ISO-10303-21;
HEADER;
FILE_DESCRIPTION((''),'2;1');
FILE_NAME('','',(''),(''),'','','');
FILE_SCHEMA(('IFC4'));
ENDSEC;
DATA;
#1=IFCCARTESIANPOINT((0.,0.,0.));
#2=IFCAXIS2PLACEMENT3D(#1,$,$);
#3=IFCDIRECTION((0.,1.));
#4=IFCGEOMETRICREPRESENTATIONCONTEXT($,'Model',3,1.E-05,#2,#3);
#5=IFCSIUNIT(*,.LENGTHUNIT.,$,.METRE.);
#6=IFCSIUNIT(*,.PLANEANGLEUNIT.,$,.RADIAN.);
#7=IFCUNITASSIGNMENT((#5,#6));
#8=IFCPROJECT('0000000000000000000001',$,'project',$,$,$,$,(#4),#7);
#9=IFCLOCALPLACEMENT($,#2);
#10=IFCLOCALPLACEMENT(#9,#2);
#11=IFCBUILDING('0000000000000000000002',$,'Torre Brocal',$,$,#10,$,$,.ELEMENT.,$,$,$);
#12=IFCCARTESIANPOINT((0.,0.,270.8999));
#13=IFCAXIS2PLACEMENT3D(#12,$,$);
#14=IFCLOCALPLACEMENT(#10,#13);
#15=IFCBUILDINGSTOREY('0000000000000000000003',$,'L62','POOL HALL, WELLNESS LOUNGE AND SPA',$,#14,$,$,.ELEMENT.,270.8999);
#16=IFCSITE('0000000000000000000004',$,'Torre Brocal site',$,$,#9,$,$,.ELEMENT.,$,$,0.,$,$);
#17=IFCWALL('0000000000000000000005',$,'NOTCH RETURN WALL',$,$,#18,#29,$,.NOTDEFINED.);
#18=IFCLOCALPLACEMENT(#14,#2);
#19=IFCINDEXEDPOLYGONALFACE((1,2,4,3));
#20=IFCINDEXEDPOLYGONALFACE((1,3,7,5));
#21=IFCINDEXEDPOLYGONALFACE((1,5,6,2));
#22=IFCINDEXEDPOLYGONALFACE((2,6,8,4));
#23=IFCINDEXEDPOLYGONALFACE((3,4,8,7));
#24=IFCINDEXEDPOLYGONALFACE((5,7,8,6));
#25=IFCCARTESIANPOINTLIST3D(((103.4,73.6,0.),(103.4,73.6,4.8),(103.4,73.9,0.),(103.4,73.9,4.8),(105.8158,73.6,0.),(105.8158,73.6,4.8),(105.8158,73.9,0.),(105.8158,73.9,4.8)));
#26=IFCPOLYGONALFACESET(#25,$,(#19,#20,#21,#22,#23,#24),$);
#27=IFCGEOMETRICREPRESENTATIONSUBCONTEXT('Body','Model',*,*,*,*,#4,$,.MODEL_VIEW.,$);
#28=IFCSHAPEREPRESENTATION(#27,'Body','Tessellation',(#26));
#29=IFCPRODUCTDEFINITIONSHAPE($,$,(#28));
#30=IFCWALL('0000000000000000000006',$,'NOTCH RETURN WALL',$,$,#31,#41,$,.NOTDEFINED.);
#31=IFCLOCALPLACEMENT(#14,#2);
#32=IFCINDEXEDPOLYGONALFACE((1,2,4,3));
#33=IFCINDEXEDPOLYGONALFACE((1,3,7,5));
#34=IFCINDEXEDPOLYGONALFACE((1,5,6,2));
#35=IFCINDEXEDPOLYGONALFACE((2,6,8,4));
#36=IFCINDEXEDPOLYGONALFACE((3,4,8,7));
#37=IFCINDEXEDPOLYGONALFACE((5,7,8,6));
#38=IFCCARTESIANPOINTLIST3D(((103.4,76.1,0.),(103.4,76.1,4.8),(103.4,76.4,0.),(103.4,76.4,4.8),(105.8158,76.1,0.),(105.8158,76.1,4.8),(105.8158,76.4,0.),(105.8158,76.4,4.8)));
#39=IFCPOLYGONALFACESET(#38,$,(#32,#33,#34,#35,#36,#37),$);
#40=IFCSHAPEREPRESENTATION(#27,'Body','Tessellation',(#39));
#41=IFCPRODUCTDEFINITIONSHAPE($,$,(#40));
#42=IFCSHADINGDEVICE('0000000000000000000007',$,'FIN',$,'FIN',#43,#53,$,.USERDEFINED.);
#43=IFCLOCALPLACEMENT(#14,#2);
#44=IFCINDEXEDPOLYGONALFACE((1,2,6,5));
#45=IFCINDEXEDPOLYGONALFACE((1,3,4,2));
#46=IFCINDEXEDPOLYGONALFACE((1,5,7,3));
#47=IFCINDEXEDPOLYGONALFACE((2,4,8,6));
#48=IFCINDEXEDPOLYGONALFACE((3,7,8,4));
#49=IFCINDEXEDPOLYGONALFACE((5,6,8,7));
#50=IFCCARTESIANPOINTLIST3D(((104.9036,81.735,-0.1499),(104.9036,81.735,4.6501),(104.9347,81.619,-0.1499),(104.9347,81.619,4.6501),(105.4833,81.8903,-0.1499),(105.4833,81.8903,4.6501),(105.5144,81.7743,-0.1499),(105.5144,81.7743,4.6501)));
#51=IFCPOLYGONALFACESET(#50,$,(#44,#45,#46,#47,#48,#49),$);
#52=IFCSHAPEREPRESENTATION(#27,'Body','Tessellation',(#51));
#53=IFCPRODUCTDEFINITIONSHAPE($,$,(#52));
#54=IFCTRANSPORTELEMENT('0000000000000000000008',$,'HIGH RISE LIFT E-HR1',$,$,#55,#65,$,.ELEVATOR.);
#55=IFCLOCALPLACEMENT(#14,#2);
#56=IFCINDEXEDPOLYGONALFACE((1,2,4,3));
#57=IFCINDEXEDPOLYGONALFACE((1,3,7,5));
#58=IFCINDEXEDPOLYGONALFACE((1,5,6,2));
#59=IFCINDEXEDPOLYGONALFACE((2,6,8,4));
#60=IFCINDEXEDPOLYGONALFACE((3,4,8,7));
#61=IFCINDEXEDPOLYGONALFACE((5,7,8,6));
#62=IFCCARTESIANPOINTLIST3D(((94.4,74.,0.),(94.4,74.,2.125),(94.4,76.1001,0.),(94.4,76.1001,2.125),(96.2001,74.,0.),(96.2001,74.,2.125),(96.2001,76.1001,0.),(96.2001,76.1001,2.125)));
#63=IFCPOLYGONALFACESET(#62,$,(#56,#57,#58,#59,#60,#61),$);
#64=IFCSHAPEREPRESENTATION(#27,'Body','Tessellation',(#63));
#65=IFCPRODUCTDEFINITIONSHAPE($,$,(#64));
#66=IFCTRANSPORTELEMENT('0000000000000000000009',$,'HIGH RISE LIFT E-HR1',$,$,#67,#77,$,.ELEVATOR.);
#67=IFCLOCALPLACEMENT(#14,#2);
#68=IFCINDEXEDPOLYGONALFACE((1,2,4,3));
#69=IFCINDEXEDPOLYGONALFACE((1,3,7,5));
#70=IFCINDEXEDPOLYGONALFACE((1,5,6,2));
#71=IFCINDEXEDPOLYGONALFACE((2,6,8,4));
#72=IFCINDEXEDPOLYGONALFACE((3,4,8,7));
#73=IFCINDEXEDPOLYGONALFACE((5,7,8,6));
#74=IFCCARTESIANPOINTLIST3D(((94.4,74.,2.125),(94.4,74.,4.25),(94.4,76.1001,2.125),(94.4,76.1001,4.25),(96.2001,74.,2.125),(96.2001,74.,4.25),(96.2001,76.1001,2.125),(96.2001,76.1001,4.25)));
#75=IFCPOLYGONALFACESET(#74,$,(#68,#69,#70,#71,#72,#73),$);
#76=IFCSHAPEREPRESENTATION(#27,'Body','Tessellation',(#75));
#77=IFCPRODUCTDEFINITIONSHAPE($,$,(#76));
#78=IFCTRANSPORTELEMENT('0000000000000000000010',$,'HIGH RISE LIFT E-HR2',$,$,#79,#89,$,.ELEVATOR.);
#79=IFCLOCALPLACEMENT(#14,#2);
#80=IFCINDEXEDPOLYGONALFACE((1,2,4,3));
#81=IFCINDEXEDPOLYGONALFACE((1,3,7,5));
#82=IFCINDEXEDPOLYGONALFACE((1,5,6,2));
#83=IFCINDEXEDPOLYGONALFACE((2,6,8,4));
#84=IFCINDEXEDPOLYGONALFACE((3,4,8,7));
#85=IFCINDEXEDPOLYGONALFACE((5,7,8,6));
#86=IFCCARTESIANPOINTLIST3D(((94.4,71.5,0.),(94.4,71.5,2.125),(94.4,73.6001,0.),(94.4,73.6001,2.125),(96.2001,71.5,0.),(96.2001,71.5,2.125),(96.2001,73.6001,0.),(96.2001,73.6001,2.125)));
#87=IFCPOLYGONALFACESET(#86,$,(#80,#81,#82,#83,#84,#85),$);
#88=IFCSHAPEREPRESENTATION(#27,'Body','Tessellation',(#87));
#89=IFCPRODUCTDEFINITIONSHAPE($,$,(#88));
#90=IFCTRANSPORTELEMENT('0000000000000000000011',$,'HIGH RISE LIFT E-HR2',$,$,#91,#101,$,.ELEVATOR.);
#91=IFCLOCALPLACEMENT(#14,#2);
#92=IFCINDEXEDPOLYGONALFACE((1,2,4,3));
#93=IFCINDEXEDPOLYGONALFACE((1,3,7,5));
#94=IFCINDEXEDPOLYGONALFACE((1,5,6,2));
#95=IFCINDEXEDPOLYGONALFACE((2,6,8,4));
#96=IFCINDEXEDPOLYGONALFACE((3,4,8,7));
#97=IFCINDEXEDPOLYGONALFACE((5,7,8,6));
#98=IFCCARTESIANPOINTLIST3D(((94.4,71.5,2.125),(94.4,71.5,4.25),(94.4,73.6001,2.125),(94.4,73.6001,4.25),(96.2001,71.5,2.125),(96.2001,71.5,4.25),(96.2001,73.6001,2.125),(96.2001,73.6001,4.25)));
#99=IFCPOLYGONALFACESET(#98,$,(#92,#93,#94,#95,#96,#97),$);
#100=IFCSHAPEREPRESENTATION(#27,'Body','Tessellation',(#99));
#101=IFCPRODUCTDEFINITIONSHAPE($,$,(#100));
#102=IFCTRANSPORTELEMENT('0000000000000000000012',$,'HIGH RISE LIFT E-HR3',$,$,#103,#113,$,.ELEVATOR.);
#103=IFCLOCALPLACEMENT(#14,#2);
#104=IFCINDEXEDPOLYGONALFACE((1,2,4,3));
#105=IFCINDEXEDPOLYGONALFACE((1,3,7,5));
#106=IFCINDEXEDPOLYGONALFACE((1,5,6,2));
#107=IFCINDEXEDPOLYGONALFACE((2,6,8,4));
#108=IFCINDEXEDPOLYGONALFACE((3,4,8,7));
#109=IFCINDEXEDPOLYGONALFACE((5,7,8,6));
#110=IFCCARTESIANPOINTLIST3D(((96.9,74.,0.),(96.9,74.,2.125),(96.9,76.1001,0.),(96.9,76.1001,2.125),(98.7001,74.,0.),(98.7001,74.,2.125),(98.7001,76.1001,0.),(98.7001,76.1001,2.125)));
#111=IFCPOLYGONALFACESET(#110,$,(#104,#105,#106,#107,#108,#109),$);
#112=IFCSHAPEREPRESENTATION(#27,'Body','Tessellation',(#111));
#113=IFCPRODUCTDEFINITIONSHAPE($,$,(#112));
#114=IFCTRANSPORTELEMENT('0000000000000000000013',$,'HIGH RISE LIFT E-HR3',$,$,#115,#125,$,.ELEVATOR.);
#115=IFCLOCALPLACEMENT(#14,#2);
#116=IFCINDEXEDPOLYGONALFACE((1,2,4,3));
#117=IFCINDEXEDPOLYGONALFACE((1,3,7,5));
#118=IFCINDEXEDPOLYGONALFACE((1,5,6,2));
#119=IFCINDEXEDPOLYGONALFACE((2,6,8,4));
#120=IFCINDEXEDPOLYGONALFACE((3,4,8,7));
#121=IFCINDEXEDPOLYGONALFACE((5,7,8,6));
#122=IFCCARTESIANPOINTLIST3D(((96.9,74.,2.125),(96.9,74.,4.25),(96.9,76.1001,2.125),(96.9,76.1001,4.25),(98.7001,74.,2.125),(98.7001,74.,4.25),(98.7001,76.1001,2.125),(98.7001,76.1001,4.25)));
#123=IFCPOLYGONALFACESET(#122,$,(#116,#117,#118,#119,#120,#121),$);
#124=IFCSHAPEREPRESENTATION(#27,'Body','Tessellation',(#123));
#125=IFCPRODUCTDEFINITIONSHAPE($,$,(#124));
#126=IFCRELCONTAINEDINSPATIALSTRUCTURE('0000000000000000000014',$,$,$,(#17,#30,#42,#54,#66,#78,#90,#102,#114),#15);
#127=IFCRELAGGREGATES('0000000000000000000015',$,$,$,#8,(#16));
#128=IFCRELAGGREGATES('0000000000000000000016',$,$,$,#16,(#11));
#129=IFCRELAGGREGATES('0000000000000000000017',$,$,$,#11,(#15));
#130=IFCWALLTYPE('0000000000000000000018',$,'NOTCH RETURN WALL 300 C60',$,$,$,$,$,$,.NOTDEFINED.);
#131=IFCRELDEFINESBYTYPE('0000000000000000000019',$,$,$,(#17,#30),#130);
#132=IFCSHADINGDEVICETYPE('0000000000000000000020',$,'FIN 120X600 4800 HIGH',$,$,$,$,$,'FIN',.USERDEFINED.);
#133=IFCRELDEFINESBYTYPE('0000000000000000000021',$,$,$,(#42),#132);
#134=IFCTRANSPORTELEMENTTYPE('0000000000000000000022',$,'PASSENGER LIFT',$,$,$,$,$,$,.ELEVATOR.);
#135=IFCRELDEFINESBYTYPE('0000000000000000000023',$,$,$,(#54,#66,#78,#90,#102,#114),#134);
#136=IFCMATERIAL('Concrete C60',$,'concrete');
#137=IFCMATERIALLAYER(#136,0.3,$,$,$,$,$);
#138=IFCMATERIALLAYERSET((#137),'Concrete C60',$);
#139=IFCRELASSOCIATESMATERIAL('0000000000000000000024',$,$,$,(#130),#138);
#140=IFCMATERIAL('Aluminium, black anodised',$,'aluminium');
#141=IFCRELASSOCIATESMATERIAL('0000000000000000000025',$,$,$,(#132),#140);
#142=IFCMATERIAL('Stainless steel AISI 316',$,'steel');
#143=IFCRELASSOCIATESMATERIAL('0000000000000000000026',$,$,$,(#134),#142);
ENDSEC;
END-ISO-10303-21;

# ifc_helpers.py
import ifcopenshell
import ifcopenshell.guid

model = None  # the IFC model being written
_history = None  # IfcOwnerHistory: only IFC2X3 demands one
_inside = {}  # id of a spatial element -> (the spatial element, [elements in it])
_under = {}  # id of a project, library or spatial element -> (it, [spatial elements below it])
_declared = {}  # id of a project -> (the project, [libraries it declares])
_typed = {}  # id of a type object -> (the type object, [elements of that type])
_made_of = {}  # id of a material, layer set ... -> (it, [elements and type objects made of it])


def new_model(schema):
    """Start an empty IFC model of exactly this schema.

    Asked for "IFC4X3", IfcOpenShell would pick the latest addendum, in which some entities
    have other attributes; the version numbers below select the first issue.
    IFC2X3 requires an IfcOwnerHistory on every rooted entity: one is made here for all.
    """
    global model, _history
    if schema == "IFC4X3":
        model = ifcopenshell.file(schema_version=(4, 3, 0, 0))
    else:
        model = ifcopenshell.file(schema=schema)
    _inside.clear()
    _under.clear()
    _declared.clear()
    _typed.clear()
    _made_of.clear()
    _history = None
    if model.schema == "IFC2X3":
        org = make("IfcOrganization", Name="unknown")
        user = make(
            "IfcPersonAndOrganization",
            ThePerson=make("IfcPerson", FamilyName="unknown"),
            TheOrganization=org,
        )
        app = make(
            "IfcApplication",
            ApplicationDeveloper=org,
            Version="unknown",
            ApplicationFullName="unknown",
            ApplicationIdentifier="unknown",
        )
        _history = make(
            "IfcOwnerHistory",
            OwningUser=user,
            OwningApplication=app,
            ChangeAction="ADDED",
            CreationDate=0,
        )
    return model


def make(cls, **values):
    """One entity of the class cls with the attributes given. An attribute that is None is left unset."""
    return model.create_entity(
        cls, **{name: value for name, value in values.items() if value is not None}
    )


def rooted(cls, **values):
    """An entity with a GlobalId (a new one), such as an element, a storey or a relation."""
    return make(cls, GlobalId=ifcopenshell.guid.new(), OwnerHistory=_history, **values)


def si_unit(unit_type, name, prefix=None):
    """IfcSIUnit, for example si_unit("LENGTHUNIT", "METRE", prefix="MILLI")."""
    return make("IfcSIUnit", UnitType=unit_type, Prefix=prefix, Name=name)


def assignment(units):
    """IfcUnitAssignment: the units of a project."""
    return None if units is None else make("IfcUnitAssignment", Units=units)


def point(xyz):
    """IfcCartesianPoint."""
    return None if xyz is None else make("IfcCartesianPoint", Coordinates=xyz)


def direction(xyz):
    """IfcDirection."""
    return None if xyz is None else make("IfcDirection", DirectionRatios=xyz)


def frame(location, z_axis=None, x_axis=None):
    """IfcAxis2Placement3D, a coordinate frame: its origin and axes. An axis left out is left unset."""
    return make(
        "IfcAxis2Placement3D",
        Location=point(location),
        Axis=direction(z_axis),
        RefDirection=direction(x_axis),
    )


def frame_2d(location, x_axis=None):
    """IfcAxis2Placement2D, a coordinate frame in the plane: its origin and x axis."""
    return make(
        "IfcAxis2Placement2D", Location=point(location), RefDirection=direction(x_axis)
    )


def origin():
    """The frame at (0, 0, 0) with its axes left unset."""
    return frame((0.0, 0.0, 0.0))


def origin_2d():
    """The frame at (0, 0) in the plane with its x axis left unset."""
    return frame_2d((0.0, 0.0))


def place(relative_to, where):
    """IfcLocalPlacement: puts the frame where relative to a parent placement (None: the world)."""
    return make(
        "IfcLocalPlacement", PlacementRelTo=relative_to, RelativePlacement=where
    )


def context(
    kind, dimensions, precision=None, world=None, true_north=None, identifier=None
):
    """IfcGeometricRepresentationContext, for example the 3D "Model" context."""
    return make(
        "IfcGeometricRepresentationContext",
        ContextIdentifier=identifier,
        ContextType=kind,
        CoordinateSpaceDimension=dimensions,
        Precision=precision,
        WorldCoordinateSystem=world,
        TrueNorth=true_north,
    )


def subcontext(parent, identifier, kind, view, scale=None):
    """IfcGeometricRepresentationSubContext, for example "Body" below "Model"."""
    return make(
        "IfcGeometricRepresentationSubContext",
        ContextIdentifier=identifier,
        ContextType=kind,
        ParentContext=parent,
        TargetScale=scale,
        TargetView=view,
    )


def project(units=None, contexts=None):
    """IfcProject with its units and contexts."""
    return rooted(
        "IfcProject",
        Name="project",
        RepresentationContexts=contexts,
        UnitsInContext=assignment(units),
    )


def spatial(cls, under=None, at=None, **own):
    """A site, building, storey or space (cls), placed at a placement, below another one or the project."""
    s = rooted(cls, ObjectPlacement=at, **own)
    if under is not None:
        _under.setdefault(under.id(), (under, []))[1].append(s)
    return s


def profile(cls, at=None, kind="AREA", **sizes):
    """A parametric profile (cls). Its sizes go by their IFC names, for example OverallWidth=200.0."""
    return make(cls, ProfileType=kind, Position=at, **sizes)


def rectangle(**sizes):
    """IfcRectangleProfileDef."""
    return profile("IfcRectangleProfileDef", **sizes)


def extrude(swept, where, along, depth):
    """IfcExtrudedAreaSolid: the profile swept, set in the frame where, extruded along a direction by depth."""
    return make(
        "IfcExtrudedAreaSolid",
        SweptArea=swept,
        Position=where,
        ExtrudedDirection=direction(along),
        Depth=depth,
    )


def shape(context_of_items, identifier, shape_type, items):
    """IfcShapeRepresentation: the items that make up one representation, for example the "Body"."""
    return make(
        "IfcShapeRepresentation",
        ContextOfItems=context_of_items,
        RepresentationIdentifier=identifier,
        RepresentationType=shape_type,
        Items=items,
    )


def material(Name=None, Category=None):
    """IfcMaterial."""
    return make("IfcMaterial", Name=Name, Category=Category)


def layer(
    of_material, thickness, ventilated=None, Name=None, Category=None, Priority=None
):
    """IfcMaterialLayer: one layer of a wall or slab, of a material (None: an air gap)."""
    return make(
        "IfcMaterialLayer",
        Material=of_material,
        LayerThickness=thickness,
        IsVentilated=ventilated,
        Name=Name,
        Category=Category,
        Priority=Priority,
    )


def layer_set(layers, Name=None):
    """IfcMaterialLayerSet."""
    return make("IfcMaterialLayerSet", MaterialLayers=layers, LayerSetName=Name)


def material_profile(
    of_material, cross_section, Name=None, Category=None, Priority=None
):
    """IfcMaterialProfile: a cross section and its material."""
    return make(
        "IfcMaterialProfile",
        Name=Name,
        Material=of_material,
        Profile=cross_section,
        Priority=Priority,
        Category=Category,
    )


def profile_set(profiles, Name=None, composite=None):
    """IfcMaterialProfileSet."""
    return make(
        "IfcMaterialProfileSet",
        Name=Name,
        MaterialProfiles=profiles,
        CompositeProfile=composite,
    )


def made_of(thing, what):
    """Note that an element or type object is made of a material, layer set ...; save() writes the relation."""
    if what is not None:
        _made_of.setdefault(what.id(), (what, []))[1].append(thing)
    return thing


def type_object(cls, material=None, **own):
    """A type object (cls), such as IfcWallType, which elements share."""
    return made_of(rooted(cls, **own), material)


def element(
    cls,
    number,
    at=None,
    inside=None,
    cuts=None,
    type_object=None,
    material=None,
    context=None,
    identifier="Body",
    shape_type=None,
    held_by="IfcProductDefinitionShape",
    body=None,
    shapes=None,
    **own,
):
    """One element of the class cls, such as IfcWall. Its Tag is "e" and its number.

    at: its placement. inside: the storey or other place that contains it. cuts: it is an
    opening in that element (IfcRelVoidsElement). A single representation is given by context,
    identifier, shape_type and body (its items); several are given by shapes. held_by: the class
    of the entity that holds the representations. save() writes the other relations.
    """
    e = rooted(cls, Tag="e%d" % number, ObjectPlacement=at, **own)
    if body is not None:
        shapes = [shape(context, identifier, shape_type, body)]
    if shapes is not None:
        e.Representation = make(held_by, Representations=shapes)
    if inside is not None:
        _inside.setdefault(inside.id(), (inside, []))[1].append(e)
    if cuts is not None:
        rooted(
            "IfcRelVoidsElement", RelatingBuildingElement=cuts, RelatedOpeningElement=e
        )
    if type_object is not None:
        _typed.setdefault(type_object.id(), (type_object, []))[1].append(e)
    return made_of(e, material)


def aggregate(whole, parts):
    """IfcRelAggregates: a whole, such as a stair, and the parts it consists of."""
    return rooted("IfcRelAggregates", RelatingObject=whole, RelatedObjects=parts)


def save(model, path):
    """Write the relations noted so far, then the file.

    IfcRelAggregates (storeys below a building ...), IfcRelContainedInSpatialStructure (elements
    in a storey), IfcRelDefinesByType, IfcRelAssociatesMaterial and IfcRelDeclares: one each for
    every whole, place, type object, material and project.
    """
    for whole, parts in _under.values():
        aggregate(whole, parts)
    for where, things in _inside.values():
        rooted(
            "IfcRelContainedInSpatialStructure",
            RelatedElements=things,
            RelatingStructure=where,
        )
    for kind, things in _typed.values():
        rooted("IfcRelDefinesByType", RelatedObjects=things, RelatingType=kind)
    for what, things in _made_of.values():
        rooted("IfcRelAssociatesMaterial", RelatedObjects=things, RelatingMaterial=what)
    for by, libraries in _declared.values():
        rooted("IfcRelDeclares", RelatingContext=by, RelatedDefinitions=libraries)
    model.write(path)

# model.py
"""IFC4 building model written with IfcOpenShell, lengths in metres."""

from ifc_helpers import new_model, si_unit, direction, frame, frame_2d, origin, origin_2d, place, context, subcontext, project, spatial, rectangle, extrude, material, layer, layer_set, material_profile, profile_set, type_object, element, save


model = new_model("IFC4")

# Units and contexts
model_context = context("Model", 3, precision=1e-05, world=origin(), true_north=direction((0.0, 1.0)))
body_context = subcontext(model_context, "Body", "Model", "MODEL_VIEW")
ifc_project = project(units=[si_unit("LENGTHUNIT", "METRE"), si_unit("PLANEANGLEUNIT", "RADIAN")], contexts=[model_context])

# Site, building, storey
site_placement = place(None, origin())
site = spatial("IfcSite", under=ifc_project, at=site_placement, Name="Torre Brocal site", CompositionType="ELEMENT", RefElevation=0.0)
building_placement = place(site_placement, origin())
building = spatial("IfcBuilding", under=site, at=building_placement, Name="Torre Brocal", CompositionType="ELEMENT")
storey_placement = place(building_placement, frame((0.0, 0.0, 270.8999)))
storey = spatial("IfcBuildingStorey", under=building, at=storey_placement, Name="L62", Description="POOL HALL, WELLNESS LOUNGE AND SPA", CompositionType="ELEMENT", Elevation=270.8999)

# Walls
ifc_material_1 = material(Name="Concrete C60", Category="concrete")
ifc_layer_1 = layer(ifc_material_1, 0.3)
ifc_layer_set_1 = layer_set([ifc_layer_1], Name="Concrete C60")
wall_type_1 = type_object("IfcWallType", Name="NOTCH RETURN WALL 300 C60", PredefinedType="NOTDEFINED", material=ifc_layer_set_1)
for number, where, z_axis, x_axis, name in (
    (1, (103.3999, 73.75, 0.0), (0.0, 0.0, 1.0), (1.0, 0.0, 0.0), "NOTCH RETURN WALL"),
    (2, (103.3999, 76.25, 0.0), (0.0, 0.0, 1.0), (1.0, 0.0, 0.0), "NOTCH RETURN WALL"),
):
    element("IfcWall", number, at=place(storey_placement, frame(where, z_axis=z_axis, x_axis=x_axis)), inside=storey, type_object=wall_type_1, Name=name, PredefinedType="NOTDEFINED", context=body_context, shape_type="SweptSolid", body=[
        extrude(rectangle(XDim=2.4158, YDim=0.3, at=frame_2d((1.208, 0.0))), origin(), (0.0, 0.0, 1.0), 4.8),
    ])

# Shading device
ifc_material_2 = material(Name="Aluminium, black anodised", Category="aluminium")
ifc_material_profile_1 = material_profile(ifc_material_2, rectangle(XDim=0.1201, YDim=0.6001, at=origin_2d()), Name="FIN 120X600 4800 HIGH")
ifc_profile_set_1 = profile_set([ifc_material_profile_1], Name="Aluminium, black anodised")
shading_device_type = type_object("IfcShadingDeviceType", Name="FIN 120X600 4800 HIGH", ElementType="FIN", PredefinedType="USERDEFINED", material=ifc_profile_set_1)
shading_device_placement = place(storey_placement, frame((105.209, 81.7546, -0.1499), z_axis=(0.0, 0.0, 1.0), x_axis=(-0.258819, 0.965926, 0.0)))
element("IfcShadingDevice", 3, at=shading_device_placement, inside=storey, type_object=shading_device_type, Name="FIN", ObjectType="FIN", PredefinedType="USERDEFINED", context=body_context, shape_type="SweptSolid", body=[
    extrude(rectangle(XDim=0.1201, YDim=0.6001, at=origin_2d()), origin(), (0.0, 0.0, 1.0), 4.8),
])

# Transport elements
ifc_material_3 = material(Name="Stainless steel AISI 316", Category="steel")
transport_element_type = type_object("IfcTransportElementType", Name="PASSENGER LIFT", PredefinedType="ELEVATOR", material=ifc_material_3)
for number, where, z_axis, x_axis, name in (
    (4, (95.3, 75.05, 0.0), (0.0, 0.0, 1.0), (1.0, 0.0, 0.0), "HIGH RISE LIFT E-HR1"),
    (5, (95.3, 75.05, 2.125), (0.0, 0.0, 1.0), (1.0, 0.0, 0.0), "HIGH RISE LIFT E-HR1"),
    (6, (95.3, 72.55, 0.0), (0.0, 0.0, 1.0), (1.0, 0.0, 0.0), "HIGH RISE LIFT E-HR2"),
    (7, (95.3, 72.55, 2.125), (0.0, 0.0, 1.0), (1.0, 0.0, 0.0), "HIGH RISE LIFT E-HR2"),
    (8, (97.8, 75.05, 0.0), (0.0, 0.0, 1.0), (1.0, 0.0, 0.0), "HIGH RISE LIFT E-HR3"),
    (9, (97.8, 75.05, 2.125), (0.0, 0.0, 1.0), (1.0, 0.0, 0.0), "HIGH RISE LIFT E-HR3"),
):
    element("IfcTransportElement", number, at=place(storey_placement, frame(where, z_axis=z_axis, x_axis=x_axis)), inside=storey, type_object=transport_element_type, Name=name, PredefinedType="ELEVATOR", context=body_context, shape_type="SweptSolid", body=[
        extrude(rectangle(XDim=1.8, YDim=2.1001, at=origin_2d()), origin(), (0.0, 0.0, 1.0), 2.125),
    ])

save(model, "model.ifc")
